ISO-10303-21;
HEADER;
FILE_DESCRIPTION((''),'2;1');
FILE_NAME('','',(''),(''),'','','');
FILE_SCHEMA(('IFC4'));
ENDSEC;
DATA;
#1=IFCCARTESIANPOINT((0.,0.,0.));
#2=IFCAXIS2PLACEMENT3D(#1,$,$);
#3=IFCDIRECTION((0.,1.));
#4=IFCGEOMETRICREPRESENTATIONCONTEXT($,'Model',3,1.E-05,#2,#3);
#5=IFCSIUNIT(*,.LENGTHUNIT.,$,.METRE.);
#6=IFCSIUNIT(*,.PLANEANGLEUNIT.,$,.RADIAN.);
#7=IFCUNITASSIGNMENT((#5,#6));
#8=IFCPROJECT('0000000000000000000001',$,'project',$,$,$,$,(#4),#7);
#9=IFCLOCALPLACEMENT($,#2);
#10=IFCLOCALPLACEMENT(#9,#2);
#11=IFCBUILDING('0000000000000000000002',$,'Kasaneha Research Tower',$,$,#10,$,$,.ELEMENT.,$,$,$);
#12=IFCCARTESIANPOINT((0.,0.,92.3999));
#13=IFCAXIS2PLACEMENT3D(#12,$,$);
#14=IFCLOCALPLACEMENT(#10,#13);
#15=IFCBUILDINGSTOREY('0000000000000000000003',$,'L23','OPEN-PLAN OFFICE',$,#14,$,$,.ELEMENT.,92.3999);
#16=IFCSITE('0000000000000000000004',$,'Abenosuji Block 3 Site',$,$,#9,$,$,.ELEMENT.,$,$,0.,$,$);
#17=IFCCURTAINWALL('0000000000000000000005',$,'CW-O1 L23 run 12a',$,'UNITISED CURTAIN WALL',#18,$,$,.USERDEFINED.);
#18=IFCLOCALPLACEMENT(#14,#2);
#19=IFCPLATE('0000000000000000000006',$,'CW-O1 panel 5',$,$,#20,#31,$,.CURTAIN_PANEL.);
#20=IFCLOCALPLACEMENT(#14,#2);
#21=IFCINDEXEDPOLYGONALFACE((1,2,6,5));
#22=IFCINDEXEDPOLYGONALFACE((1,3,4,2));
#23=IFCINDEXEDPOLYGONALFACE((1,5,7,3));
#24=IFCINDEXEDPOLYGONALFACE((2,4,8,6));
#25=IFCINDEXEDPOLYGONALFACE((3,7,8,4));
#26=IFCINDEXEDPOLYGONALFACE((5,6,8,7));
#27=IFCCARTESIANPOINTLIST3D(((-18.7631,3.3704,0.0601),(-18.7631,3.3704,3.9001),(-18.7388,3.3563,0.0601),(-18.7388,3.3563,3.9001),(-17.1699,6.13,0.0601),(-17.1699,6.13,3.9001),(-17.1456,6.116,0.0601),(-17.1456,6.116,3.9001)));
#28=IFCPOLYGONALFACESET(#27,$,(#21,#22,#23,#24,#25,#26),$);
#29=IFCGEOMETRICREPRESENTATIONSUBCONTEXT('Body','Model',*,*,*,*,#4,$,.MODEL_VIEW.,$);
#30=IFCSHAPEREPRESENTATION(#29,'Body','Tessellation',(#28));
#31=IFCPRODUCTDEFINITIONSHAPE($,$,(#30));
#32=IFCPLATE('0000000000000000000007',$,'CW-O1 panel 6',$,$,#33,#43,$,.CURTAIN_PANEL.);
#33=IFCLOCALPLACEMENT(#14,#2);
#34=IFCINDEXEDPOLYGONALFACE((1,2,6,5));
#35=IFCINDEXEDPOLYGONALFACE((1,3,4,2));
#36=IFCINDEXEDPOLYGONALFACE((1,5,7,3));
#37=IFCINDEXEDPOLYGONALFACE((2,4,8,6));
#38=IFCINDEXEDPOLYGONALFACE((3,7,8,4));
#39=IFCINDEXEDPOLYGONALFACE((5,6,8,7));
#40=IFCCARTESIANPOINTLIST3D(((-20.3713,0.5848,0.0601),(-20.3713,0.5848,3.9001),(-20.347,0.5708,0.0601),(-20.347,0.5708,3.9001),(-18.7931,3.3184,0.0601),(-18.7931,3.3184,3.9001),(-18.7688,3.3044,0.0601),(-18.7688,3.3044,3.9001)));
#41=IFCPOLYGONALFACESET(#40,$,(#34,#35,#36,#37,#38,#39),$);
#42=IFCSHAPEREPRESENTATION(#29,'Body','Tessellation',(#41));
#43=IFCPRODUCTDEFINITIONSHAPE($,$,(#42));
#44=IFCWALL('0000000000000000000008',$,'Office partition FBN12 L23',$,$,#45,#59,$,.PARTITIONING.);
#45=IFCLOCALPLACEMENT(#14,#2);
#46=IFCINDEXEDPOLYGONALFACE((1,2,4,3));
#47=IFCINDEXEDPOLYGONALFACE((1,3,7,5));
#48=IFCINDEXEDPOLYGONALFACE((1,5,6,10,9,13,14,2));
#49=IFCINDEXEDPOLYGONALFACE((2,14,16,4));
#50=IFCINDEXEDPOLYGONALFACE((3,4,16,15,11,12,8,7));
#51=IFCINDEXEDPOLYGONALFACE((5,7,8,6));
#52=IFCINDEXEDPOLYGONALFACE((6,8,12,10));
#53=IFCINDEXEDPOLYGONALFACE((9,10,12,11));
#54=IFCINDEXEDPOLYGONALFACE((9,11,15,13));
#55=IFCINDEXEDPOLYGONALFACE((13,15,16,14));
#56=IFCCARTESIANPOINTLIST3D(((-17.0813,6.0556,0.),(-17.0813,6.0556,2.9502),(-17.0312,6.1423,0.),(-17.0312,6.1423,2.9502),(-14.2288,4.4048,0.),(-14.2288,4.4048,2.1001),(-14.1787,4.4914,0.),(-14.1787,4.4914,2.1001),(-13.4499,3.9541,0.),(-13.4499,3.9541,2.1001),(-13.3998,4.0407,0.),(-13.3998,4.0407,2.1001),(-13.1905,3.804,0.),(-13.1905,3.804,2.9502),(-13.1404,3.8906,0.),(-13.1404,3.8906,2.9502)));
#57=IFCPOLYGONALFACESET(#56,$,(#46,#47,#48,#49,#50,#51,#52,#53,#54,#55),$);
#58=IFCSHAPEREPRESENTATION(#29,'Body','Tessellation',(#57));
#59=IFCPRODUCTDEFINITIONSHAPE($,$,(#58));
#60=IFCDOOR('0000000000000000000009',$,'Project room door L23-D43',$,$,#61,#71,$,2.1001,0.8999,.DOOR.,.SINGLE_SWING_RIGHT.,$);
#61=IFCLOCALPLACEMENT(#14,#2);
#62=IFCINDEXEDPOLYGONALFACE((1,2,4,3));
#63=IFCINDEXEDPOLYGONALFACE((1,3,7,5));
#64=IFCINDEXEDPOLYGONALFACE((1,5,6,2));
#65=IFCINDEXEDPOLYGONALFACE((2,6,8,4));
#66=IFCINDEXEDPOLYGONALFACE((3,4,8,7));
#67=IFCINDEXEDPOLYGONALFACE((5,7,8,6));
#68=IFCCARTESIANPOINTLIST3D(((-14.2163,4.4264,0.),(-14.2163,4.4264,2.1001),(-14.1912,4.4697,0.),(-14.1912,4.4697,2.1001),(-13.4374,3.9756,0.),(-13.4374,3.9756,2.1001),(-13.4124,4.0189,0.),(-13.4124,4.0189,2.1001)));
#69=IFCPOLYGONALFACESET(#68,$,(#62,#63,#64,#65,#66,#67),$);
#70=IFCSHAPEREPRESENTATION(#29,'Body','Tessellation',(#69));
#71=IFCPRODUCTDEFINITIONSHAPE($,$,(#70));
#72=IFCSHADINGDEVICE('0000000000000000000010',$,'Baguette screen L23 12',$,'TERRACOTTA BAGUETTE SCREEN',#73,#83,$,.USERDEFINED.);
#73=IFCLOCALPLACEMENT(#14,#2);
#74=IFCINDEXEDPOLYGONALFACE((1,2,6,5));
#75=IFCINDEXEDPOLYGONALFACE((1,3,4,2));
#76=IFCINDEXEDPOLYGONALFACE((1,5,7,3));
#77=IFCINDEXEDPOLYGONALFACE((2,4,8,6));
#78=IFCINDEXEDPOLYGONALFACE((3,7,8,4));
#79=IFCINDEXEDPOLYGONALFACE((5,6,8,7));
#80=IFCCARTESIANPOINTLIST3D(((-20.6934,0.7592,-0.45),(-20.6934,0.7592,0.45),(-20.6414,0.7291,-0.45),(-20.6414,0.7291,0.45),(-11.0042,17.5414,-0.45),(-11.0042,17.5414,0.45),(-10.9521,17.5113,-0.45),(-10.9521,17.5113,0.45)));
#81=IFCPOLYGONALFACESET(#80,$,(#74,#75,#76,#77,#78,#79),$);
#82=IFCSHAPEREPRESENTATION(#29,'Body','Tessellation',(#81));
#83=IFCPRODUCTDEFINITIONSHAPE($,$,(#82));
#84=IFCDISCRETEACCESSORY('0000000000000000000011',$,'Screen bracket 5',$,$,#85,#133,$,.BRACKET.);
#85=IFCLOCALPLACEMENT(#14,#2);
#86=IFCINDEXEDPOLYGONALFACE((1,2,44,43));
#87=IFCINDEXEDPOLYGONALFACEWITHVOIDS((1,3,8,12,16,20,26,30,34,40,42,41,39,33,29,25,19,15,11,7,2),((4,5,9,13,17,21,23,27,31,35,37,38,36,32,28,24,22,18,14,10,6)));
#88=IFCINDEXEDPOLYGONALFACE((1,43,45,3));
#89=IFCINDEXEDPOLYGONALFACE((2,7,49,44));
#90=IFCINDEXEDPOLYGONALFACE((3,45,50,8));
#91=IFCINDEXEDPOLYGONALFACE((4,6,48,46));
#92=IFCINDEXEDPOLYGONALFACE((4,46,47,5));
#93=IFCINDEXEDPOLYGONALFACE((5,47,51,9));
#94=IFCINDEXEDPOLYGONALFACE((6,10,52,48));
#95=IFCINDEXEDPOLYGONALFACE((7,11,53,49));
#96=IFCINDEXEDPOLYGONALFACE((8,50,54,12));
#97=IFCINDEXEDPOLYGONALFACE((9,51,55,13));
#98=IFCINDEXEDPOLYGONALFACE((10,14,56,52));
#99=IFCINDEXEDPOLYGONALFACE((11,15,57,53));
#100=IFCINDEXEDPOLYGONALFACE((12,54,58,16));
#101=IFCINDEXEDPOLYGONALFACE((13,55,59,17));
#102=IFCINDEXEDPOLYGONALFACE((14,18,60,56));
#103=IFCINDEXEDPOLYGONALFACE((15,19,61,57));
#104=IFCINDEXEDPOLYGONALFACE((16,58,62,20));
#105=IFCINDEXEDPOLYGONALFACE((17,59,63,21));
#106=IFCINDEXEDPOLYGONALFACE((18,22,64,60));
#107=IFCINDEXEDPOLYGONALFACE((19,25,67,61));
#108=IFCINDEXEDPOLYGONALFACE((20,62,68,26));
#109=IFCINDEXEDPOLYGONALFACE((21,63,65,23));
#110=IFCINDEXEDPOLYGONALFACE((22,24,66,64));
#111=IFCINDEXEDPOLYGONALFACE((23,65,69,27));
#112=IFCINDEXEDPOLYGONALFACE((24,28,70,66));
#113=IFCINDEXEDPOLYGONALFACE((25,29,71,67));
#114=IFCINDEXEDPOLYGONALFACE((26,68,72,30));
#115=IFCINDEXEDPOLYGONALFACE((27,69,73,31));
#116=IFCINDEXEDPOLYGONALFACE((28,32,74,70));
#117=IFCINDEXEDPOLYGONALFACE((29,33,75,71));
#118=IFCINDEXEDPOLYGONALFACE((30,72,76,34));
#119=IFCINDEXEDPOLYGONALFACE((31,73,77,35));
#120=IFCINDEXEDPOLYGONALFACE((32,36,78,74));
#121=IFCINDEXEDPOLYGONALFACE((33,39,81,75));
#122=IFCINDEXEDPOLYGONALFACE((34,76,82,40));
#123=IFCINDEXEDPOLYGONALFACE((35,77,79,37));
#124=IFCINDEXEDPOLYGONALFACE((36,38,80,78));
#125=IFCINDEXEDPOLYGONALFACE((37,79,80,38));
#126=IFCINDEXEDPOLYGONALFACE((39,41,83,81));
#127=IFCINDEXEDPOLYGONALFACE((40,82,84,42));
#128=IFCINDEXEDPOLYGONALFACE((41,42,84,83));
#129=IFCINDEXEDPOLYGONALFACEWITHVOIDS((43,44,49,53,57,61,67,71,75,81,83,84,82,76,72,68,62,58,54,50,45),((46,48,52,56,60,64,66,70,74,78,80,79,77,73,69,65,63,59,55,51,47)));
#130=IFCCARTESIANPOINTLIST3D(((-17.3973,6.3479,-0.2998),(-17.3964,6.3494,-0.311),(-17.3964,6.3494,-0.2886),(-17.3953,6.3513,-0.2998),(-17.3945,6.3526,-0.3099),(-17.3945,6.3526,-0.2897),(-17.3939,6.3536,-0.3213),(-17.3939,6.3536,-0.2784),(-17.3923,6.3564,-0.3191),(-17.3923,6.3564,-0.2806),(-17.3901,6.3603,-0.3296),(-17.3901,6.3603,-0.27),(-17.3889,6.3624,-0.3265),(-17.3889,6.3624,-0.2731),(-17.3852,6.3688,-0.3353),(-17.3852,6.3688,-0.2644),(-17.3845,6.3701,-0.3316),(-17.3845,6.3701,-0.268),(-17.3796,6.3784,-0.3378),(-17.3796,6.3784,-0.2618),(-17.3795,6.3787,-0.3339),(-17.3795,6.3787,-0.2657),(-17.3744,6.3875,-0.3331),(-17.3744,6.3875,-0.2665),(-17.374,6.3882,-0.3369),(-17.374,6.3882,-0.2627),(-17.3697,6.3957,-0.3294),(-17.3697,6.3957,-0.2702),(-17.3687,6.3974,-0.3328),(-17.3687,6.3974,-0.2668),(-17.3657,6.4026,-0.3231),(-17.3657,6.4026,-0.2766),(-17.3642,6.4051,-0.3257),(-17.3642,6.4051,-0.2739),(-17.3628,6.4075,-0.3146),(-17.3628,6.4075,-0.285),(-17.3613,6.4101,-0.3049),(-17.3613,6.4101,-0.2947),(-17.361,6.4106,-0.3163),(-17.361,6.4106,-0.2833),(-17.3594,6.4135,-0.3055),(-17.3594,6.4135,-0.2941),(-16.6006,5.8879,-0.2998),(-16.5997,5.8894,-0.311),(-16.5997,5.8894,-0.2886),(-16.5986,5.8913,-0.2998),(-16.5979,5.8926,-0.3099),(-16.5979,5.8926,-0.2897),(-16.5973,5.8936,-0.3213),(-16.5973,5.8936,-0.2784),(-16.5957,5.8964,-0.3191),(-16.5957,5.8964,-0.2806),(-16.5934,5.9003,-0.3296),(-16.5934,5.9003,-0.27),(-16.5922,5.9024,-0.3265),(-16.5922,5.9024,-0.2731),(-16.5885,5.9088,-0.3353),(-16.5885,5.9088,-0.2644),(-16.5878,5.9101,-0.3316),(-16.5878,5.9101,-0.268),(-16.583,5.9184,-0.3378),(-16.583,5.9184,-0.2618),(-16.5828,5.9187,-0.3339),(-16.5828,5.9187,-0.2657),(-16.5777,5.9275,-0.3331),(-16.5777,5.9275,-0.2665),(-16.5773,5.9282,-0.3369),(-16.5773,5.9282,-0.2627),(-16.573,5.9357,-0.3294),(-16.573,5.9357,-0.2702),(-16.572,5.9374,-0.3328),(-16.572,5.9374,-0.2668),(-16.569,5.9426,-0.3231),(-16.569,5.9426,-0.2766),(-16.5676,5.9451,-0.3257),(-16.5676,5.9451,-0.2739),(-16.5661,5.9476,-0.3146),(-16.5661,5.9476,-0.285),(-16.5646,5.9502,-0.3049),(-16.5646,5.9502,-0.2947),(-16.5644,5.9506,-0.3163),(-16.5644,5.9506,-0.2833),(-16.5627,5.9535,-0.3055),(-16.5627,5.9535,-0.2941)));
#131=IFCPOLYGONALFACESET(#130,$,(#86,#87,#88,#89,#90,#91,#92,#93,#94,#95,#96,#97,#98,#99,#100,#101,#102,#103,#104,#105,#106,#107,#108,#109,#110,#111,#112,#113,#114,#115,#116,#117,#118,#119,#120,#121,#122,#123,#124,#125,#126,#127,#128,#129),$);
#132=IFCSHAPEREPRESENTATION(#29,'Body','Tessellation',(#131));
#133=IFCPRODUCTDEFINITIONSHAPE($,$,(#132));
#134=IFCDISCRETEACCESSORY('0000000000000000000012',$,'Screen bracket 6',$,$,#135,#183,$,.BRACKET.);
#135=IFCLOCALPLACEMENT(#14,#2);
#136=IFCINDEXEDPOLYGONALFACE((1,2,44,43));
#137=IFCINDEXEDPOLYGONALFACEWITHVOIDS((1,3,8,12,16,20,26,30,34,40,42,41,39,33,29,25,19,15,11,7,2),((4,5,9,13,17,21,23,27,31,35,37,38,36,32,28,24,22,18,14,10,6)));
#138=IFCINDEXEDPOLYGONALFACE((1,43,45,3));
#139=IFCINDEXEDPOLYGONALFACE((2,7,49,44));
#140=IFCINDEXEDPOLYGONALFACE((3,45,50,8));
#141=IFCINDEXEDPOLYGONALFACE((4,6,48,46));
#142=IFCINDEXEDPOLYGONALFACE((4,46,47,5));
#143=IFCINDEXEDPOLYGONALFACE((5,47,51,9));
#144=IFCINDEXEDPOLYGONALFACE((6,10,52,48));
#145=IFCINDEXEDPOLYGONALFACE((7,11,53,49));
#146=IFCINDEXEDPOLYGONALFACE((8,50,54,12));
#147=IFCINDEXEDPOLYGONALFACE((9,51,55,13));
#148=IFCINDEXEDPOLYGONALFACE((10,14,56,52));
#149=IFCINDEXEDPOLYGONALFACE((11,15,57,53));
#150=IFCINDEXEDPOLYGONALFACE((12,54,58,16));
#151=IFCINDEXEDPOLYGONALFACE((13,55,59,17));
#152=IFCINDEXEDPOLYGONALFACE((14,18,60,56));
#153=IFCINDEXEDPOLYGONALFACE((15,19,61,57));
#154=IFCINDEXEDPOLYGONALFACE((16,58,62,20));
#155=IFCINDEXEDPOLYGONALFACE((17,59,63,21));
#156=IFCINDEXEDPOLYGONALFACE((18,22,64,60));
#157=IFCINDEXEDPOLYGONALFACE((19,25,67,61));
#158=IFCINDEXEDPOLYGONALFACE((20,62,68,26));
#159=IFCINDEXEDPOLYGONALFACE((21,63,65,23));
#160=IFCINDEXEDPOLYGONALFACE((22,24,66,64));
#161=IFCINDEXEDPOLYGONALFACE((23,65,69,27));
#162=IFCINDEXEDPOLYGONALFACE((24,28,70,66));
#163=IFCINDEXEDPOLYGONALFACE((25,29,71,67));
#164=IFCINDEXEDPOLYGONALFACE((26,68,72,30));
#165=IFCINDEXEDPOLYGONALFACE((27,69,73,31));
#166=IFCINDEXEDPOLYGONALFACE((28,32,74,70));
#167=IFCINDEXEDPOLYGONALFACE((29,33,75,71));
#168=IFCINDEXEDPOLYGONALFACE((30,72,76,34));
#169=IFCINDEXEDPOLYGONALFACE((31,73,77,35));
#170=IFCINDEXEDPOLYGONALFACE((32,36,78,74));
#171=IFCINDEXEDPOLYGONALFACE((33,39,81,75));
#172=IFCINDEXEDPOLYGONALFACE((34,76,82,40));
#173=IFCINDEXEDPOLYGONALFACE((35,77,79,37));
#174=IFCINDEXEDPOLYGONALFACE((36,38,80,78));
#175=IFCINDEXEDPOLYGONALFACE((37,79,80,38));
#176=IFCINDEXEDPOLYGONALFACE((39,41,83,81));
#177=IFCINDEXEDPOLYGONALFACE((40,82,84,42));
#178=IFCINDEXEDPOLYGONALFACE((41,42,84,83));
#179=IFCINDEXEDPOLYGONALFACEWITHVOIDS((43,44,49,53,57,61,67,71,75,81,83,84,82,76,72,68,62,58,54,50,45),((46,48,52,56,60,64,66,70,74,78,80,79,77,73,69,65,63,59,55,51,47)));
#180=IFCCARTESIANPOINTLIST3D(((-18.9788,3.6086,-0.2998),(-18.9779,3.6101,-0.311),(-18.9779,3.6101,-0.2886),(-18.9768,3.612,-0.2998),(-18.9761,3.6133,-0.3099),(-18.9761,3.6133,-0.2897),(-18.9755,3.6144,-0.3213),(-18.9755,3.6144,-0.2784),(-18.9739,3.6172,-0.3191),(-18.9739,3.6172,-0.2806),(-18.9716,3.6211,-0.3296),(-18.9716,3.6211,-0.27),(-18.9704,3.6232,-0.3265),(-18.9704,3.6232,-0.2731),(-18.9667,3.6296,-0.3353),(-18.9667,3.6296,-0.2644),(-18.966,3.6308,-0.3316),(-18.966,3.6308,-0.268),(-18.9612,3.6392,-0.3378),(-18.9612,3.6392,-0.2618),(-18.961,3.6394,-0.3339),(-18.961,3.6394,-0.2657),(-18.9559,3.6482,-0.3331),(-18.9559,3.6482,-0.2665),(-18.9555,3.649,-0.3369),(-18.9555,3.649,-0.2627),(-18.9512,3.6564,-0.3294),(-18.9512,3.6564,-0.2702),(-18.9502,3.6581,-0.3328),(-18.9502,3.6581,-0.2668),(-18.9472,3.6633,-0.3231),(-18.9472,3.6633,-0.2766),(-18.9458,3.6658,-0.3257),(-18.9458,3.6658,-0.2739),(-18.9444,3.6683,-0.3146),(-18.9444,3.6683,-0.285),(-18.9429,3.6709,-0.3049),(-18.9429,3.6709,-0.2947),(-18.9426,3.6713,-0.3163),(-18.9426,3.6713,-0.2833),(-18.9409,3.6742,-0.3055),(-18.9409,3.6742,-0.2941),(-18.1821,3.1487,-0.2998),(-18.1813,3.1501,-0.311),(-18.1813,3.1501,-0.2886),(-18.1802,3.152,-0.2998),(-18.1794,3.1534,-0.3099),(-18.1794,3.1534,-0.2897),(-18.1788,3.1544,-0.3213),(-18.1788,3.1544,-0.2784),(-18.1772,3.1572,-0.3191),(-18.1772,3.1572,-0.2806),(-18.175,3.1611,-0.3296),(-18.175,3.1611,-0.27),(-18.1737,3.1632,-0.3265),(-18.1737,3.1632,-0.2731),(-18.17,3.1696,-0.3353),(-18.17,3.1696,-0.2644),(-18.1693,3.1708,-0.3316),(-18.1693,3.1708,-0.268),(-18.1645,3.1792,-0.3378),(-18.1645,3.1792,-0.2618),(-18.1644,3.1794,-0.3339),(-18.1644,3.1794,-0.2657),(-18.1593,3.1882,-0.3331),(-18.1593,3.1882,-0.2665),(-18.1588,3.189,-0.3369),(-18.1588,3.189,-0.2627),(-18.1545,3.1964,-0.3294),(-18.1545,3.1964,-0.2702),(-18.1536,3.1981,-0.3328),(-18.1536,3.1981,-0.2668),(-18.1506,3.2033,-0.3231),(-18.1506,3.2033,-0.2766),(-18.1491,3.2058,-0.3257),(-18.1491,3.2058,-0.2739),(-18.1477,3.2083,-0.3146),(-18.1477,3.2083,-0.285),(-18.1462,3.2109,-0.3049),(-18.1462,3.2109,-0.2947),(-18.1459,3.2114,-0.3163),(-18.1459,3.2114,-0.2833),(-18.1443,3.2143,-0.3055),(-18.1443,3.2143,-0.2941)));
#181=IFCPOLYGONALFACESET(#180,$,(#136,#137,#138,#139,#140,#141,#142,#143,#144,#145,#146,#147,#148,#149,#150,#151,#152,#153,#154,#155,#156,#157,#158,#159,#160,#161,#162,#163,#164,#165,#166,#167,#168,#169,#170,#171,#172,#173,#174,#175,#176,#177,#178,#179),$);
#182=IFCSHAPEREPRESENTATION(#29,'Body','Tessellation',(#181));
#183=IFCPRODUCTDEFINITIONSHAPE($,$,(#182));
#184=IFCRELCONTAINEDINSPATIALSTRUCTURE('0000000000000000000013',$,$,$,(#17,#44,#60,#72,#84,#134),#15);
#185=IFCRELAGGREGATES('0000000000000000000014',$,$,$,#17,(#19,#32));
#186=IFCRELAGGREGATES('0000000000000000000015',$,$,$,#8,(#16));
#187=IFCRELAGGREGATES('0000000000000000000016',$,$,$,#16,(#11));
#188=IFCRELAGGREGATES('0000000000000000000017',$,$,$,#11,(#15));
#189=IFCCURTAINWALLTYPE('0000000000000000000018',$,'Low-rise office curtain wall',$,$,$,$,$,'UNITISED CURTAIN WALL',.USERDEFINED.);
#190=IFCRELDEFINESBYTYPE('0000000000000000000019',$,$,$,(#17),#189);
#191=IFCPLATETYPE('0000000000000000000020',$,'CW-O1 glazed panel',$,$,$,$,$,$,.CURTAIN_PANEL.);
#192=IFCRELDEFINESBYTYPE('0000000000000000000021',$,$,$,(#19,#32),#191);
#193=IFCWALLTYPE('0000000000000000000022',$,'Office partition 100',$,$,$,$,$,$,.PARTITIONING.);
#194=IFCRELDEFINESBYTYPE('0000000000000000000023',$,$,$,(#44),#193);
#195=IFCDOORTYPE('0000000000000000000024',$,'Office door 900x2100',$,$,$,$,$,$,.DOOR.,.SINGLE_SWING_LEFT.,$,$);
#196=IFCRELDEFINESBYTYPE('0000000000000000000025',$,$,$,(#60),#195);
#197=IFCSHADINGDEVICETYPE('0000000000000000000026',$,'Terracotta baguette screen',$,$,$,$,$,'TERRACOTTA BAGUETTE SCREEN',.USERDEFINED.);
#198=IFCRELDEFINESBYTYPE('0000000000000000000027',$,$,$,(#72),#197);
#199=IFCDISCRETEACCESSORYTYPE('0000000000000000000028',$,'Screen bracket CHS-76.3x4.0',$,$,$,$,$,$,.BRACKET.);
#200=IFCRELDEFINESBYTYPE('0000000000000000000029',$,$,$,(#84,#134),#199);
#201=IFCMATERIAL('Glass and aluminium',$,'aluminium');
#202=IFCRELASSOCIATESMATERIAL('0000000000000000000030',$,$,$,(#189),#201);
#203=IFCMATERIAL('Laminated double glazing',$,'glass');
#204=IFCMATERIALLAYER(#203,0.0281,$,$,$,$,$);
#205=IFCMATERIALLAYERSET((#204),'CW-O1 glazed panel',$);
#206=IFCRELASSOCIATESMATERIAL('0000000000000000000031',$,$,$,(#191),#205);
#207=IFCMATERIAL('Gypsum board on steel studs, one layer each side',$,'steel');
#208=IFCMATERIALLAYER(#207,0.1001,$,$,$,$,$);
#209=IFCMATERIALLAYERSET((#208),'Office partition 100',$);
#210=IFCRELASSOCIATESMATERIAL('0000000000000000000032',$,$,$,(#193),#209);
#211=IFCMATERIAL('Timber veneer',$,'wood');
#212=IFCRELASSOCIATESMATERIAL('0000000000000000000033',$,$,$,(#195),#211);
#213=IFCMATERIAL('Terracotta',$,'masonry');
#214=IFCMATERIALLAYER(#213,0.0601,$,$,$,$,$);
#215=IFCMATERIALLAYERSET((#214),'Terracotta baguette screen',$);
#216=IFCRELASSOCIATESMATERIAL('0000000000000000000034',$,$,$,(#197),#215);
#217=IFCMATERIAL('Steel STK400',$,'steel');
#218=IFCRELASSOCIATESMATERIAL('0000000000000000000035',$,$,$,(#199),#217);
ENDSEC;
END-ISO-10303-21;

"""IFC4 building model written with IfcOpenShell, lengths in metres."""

from ifc_helpers import new_model, si_unit, direction, frame, frame_2d, origin, origin_2d, place, context, subcontext, project, spatial, rectangle, hollow_circle, extrude, material, layer, layer_set, material_profile, profile_set, type_object, element, fill, aggregate, save


model = new_model("IFC4")

# Units and contexts
model_context = context("Model", 3, precision=1e-05, world=origin(), true_north=direction((0.0, 1.0)))
body_context = subcontext(model_context, "Body", "Model", "MODEL_VIEW")
ifc_project = project(units=[si_unit("LENGTHUNIT", "METRE"), si_unit("PLANEANGLEUNIT", "RADIAN")], contexts=[model_context])

# Site, building, storey
site_placement = place(None, origin())
site = spatial("IfcSite", under=ifc_project, at=site_placement, Name="Abenosuji Block 3 Site", CompositionType="ELEMENT", RefElevation=0.0)
building_placement = place(site_placement, origin())
building = spatial("IfcBuilding", under=site, at=building_placement, Name="Kasaneha Research Tower", CompositionType="ELEMENT")
storey_placement = place(building_placement, frame((0.0, 0.0, 92.3999)))
storey = spatial("IfcBuildingStorey", under=building, at=storey_placement, Name="L23", Description="OPEN-PLAN OFFICE", CompositionType="ELEMENT", Elevation=92.3999)

# Curtain wall
ifc_material_1 = material(Name="Glass and aluminium", Category="aluminium")
curtain_wall_type = type_object("IfcCurtainWallType", Name="Low-rise office curtain wall", ElementType="UNITISED CURTAIN WALL", PredefinedType="USERDEFINED", material=ifc_material_1)
curtain_wall_1_placement = place(storey_placement, origin())
curtain_wall_1 = element("IfcCurtainWall", 1, at=curtain_wall_1_placement, inside=storey, type_object=curtain_wall_type, Name="CW-O1 L23 run 12a", ObjectType="UNITISED CURTAIN WALL", PredefinedType="USERDEFINED")

# Plates
ifc_material_2 = material(Name="Laminated double glazing", Category="glass")
ifc_layer_1 = layer(ifc_material_2, 0.0281)
ifc_layer_set_1 = layer_set([ifc_layer_1], Name="CW-O1 glazed panel")
plate_type = type_object("IfcPlateType", Name="CW-O1 glazed panel", PredefinedType="CURTAIN_PANEL", material=ifc_layer_set_1)
plate_1_placement = place(storey_placement, frame((-17.9543, 4.7432, 0.0601), z_axis=(0.0, 0.0, 1.0), x_axis=(-0.5, -0.866025, 0.0)))
plate_1 = element("IfcPlate", 2, at=plate_1_placement, type_object=plate_type, Name="CW-O1 panel 5", PredefinedType="CURTAIN_PANEL", context=body_context, shape_type="SweptSolid", body=[
    extrude(rectangle(XDim=3.1865, YDim=0.0281, at=origin_2d()), origin(), (0.0, 0.0, 1.0), 3.8401),
])
plate_2_placement = place(storey_placement, frame((-19.5701, 1.9446, 0.0601), z_axis=(0.0, 0.0, 1.0), x_axis=(-0.5, -0.866025, 0.0)))
plate_2 = element("IfcPlate", 3, at=plate_2_placement, type_object=plate_type, Name="CW-O1 panel 6", PredefinedType="CURTAIN_PANEL", context=body_context, shape_type="SweptSolid", body=[
    extrude(rectangle(XDim=3.1565, YDim=0.0281, at=origin_2d()), origin(), (0.0, 0.0, 1.0), 3.8401),
])
aggregate(curtain_wall_1, [plate_1, plate_2])

# Wall, opening, door
ifc_material_3 = material(Name="Gypsum board on steel studs, one layer each side", Category="steel")
ifc_layer_2 = layer(ifc_material_3, 0.1001)
ifc_layer_set_2 = layer_set([ifc_layer_2], Name="Office partition 100")
wall_type = type_object("IfcWallType", Name="Office partition 100", PredefinedType="PARTITIONING", material=ifc_layer_set_2)
wall_placement = place(storey_placement, frame((-17.0562, 6.0989, 0.0), z_axis=(0.0, 0.0, 1.0), x_axis=(0.865513, -0.500886, 0.0)))
wall = element("IfcWall", 4, at=wall_placement, inside=storey, type_object=wall_type, Name="Office partition FBN12 L23", PredefinedType="PARTITIONING", context=body_context, shape_type="SweptSolid", body=[
    extrude(rectangle(XDim=4.4954, YDim=0.1001, at=frame_2d((2.2476, 0.0))), origin(), (0.0, 0.0, 1.0), 2.9502),
])
opening_placement = place(wall_placement, frame((3.2957, 0.0, 0.0)))
opening = element("IfcOpeningElement", 5, at=opening_placement, cuts=wall, PredefinedType="OPENING", context=body_context, shape_type="SweptSolid", body=[
    extrude(rectangle(XDim=0.8999, YDim=2.1001, at=frame_2d((0.45, 1.05))), frame((0.0, 0.0601, 0.0), z_axis=(0.0, -1.0, 0.0), x_axis=(1.0, 0.0, 0.0)), (0.0, 0.0, 1.0), 0.1201),
])
ifc_material_4 = material(Name="Timber veneer", Category="wood")
door_type = type_object("IfcDoorType", Name="Office door 900x2100", OperationType="SINGLE_SWING_LEFT", PredefinedType="DOOR", material=ifc_material_4)
door_placement = place(opening_placement, origin())
door = element("IfcDoor", 6, at=door_placement, inside=storey, type_object=door_type, Name="Project room door L23-D43", OperationType="SINGLE_SWING_RIGHT", OverallHeight=2.1001, OverallWidth=0.8999, PredefinedType="DOOR", context=body_context, shape_type="SweptSolid", body=[
    extrude(rectangle(XDim=0.8999, YDim=2.1001, at=frame_2d((0.45, 1.05))), frame((0.0, 0.0249, 0.0), z_axis=(0.0, -1.0, 0.0), x_axis=(1.0, 0.0, 0.0)), (0.0, 0.0, 1.0), 0.05),
])
fill(opening, door)

# Shading device
ifc_material_5 = material(Name="Terracotta", Category="masonry")
ifc_layer_3 = layer(ifc_material_5, 0.0601)
ifc_layer_set_3 = layer_set([ifc_layer_3], Name="Terracotta baguette screen")
shading_device_type = type_object("IfcShadingDeviceType", Name="Terracotta baguette screen", ElementType="TERRACOTTA BAGUETTE SCREEN", PredefinedType="USERDEFINED", material=ifc_layer_set_3)
shading_device_placement = place(storey_placement, frame((-15.8228, 9.1353, -0.45), z_axis=(0.0, 0.0, 1.0), x_axis=(-0.5, -0.866025, 0.0)))
element("IfcShadingDevice", 7, at=shading_device_placement, inside=storey, type_object=shading_device_type, Name="Baguette screen L23 12", ObjectType="TERRACOTTA BAGUETTE SCREEN", PredefinedType="USERDEFINED", context=body_context, shape_type="SweptSolid", body=[
    extrude(rectangle(XDim=19.3784, YDim=0.0601, at=origin_2d()), origin(), (0.0, 0.0, 1.0), 0.8999),
])

# Discrete accessories
ifc_material_6 = material(Name="Steel STK400", Category="steel")
ifc_material_profile_1 = material_profile(ifc_material_6, hollow_circle(Radius=0.0381, WallThickness=0.0039, at=origin_2d()), Name="CHS-76.3x4.0")
ifc_profile_set_1 = profile_set([ifc_material_profile_1], Name="Steel STK400")
discrete_accessory_type = type_object("IfcDiscreteAccessoryType", Name="Screen bracket CHS-76.3x4.0", PredefinedType="BRACKET", material=ifc_profile_set_1)
for number, where, z_axis, x_axis, name in (
    (8, (-16.5815, 5.9209, -0.2998), (-0.866013, 0.500021, 0.0), (-0.500021, -0.866013, 0.0), "Screen bracket 5"),
    (9, (-18.1631, 3.1816, -0.2998), (-0.866013, 0.500021, 0.0), (-0.500021, -0.866013, 0.0), "Screen bracket 6"),
):
    element("IfcDiscreteAccessory", number, at=place(storey_placement, frame(where, z_axis=z_axis, x_axis=x_axis)), inside=storey, type_object=discrete_accessory_type, Name=name, PredefinedType="BRACKET", context=body_context, shape_type="SweptSolid", body=[
        extrude(hollow_circle(Radius=0.0381, WallThickness=0.0039, at=origin_2d()), origin(), (0.0, 0.0, 1.0), 0.9199),
    ])

save(model, "model.ifc")
